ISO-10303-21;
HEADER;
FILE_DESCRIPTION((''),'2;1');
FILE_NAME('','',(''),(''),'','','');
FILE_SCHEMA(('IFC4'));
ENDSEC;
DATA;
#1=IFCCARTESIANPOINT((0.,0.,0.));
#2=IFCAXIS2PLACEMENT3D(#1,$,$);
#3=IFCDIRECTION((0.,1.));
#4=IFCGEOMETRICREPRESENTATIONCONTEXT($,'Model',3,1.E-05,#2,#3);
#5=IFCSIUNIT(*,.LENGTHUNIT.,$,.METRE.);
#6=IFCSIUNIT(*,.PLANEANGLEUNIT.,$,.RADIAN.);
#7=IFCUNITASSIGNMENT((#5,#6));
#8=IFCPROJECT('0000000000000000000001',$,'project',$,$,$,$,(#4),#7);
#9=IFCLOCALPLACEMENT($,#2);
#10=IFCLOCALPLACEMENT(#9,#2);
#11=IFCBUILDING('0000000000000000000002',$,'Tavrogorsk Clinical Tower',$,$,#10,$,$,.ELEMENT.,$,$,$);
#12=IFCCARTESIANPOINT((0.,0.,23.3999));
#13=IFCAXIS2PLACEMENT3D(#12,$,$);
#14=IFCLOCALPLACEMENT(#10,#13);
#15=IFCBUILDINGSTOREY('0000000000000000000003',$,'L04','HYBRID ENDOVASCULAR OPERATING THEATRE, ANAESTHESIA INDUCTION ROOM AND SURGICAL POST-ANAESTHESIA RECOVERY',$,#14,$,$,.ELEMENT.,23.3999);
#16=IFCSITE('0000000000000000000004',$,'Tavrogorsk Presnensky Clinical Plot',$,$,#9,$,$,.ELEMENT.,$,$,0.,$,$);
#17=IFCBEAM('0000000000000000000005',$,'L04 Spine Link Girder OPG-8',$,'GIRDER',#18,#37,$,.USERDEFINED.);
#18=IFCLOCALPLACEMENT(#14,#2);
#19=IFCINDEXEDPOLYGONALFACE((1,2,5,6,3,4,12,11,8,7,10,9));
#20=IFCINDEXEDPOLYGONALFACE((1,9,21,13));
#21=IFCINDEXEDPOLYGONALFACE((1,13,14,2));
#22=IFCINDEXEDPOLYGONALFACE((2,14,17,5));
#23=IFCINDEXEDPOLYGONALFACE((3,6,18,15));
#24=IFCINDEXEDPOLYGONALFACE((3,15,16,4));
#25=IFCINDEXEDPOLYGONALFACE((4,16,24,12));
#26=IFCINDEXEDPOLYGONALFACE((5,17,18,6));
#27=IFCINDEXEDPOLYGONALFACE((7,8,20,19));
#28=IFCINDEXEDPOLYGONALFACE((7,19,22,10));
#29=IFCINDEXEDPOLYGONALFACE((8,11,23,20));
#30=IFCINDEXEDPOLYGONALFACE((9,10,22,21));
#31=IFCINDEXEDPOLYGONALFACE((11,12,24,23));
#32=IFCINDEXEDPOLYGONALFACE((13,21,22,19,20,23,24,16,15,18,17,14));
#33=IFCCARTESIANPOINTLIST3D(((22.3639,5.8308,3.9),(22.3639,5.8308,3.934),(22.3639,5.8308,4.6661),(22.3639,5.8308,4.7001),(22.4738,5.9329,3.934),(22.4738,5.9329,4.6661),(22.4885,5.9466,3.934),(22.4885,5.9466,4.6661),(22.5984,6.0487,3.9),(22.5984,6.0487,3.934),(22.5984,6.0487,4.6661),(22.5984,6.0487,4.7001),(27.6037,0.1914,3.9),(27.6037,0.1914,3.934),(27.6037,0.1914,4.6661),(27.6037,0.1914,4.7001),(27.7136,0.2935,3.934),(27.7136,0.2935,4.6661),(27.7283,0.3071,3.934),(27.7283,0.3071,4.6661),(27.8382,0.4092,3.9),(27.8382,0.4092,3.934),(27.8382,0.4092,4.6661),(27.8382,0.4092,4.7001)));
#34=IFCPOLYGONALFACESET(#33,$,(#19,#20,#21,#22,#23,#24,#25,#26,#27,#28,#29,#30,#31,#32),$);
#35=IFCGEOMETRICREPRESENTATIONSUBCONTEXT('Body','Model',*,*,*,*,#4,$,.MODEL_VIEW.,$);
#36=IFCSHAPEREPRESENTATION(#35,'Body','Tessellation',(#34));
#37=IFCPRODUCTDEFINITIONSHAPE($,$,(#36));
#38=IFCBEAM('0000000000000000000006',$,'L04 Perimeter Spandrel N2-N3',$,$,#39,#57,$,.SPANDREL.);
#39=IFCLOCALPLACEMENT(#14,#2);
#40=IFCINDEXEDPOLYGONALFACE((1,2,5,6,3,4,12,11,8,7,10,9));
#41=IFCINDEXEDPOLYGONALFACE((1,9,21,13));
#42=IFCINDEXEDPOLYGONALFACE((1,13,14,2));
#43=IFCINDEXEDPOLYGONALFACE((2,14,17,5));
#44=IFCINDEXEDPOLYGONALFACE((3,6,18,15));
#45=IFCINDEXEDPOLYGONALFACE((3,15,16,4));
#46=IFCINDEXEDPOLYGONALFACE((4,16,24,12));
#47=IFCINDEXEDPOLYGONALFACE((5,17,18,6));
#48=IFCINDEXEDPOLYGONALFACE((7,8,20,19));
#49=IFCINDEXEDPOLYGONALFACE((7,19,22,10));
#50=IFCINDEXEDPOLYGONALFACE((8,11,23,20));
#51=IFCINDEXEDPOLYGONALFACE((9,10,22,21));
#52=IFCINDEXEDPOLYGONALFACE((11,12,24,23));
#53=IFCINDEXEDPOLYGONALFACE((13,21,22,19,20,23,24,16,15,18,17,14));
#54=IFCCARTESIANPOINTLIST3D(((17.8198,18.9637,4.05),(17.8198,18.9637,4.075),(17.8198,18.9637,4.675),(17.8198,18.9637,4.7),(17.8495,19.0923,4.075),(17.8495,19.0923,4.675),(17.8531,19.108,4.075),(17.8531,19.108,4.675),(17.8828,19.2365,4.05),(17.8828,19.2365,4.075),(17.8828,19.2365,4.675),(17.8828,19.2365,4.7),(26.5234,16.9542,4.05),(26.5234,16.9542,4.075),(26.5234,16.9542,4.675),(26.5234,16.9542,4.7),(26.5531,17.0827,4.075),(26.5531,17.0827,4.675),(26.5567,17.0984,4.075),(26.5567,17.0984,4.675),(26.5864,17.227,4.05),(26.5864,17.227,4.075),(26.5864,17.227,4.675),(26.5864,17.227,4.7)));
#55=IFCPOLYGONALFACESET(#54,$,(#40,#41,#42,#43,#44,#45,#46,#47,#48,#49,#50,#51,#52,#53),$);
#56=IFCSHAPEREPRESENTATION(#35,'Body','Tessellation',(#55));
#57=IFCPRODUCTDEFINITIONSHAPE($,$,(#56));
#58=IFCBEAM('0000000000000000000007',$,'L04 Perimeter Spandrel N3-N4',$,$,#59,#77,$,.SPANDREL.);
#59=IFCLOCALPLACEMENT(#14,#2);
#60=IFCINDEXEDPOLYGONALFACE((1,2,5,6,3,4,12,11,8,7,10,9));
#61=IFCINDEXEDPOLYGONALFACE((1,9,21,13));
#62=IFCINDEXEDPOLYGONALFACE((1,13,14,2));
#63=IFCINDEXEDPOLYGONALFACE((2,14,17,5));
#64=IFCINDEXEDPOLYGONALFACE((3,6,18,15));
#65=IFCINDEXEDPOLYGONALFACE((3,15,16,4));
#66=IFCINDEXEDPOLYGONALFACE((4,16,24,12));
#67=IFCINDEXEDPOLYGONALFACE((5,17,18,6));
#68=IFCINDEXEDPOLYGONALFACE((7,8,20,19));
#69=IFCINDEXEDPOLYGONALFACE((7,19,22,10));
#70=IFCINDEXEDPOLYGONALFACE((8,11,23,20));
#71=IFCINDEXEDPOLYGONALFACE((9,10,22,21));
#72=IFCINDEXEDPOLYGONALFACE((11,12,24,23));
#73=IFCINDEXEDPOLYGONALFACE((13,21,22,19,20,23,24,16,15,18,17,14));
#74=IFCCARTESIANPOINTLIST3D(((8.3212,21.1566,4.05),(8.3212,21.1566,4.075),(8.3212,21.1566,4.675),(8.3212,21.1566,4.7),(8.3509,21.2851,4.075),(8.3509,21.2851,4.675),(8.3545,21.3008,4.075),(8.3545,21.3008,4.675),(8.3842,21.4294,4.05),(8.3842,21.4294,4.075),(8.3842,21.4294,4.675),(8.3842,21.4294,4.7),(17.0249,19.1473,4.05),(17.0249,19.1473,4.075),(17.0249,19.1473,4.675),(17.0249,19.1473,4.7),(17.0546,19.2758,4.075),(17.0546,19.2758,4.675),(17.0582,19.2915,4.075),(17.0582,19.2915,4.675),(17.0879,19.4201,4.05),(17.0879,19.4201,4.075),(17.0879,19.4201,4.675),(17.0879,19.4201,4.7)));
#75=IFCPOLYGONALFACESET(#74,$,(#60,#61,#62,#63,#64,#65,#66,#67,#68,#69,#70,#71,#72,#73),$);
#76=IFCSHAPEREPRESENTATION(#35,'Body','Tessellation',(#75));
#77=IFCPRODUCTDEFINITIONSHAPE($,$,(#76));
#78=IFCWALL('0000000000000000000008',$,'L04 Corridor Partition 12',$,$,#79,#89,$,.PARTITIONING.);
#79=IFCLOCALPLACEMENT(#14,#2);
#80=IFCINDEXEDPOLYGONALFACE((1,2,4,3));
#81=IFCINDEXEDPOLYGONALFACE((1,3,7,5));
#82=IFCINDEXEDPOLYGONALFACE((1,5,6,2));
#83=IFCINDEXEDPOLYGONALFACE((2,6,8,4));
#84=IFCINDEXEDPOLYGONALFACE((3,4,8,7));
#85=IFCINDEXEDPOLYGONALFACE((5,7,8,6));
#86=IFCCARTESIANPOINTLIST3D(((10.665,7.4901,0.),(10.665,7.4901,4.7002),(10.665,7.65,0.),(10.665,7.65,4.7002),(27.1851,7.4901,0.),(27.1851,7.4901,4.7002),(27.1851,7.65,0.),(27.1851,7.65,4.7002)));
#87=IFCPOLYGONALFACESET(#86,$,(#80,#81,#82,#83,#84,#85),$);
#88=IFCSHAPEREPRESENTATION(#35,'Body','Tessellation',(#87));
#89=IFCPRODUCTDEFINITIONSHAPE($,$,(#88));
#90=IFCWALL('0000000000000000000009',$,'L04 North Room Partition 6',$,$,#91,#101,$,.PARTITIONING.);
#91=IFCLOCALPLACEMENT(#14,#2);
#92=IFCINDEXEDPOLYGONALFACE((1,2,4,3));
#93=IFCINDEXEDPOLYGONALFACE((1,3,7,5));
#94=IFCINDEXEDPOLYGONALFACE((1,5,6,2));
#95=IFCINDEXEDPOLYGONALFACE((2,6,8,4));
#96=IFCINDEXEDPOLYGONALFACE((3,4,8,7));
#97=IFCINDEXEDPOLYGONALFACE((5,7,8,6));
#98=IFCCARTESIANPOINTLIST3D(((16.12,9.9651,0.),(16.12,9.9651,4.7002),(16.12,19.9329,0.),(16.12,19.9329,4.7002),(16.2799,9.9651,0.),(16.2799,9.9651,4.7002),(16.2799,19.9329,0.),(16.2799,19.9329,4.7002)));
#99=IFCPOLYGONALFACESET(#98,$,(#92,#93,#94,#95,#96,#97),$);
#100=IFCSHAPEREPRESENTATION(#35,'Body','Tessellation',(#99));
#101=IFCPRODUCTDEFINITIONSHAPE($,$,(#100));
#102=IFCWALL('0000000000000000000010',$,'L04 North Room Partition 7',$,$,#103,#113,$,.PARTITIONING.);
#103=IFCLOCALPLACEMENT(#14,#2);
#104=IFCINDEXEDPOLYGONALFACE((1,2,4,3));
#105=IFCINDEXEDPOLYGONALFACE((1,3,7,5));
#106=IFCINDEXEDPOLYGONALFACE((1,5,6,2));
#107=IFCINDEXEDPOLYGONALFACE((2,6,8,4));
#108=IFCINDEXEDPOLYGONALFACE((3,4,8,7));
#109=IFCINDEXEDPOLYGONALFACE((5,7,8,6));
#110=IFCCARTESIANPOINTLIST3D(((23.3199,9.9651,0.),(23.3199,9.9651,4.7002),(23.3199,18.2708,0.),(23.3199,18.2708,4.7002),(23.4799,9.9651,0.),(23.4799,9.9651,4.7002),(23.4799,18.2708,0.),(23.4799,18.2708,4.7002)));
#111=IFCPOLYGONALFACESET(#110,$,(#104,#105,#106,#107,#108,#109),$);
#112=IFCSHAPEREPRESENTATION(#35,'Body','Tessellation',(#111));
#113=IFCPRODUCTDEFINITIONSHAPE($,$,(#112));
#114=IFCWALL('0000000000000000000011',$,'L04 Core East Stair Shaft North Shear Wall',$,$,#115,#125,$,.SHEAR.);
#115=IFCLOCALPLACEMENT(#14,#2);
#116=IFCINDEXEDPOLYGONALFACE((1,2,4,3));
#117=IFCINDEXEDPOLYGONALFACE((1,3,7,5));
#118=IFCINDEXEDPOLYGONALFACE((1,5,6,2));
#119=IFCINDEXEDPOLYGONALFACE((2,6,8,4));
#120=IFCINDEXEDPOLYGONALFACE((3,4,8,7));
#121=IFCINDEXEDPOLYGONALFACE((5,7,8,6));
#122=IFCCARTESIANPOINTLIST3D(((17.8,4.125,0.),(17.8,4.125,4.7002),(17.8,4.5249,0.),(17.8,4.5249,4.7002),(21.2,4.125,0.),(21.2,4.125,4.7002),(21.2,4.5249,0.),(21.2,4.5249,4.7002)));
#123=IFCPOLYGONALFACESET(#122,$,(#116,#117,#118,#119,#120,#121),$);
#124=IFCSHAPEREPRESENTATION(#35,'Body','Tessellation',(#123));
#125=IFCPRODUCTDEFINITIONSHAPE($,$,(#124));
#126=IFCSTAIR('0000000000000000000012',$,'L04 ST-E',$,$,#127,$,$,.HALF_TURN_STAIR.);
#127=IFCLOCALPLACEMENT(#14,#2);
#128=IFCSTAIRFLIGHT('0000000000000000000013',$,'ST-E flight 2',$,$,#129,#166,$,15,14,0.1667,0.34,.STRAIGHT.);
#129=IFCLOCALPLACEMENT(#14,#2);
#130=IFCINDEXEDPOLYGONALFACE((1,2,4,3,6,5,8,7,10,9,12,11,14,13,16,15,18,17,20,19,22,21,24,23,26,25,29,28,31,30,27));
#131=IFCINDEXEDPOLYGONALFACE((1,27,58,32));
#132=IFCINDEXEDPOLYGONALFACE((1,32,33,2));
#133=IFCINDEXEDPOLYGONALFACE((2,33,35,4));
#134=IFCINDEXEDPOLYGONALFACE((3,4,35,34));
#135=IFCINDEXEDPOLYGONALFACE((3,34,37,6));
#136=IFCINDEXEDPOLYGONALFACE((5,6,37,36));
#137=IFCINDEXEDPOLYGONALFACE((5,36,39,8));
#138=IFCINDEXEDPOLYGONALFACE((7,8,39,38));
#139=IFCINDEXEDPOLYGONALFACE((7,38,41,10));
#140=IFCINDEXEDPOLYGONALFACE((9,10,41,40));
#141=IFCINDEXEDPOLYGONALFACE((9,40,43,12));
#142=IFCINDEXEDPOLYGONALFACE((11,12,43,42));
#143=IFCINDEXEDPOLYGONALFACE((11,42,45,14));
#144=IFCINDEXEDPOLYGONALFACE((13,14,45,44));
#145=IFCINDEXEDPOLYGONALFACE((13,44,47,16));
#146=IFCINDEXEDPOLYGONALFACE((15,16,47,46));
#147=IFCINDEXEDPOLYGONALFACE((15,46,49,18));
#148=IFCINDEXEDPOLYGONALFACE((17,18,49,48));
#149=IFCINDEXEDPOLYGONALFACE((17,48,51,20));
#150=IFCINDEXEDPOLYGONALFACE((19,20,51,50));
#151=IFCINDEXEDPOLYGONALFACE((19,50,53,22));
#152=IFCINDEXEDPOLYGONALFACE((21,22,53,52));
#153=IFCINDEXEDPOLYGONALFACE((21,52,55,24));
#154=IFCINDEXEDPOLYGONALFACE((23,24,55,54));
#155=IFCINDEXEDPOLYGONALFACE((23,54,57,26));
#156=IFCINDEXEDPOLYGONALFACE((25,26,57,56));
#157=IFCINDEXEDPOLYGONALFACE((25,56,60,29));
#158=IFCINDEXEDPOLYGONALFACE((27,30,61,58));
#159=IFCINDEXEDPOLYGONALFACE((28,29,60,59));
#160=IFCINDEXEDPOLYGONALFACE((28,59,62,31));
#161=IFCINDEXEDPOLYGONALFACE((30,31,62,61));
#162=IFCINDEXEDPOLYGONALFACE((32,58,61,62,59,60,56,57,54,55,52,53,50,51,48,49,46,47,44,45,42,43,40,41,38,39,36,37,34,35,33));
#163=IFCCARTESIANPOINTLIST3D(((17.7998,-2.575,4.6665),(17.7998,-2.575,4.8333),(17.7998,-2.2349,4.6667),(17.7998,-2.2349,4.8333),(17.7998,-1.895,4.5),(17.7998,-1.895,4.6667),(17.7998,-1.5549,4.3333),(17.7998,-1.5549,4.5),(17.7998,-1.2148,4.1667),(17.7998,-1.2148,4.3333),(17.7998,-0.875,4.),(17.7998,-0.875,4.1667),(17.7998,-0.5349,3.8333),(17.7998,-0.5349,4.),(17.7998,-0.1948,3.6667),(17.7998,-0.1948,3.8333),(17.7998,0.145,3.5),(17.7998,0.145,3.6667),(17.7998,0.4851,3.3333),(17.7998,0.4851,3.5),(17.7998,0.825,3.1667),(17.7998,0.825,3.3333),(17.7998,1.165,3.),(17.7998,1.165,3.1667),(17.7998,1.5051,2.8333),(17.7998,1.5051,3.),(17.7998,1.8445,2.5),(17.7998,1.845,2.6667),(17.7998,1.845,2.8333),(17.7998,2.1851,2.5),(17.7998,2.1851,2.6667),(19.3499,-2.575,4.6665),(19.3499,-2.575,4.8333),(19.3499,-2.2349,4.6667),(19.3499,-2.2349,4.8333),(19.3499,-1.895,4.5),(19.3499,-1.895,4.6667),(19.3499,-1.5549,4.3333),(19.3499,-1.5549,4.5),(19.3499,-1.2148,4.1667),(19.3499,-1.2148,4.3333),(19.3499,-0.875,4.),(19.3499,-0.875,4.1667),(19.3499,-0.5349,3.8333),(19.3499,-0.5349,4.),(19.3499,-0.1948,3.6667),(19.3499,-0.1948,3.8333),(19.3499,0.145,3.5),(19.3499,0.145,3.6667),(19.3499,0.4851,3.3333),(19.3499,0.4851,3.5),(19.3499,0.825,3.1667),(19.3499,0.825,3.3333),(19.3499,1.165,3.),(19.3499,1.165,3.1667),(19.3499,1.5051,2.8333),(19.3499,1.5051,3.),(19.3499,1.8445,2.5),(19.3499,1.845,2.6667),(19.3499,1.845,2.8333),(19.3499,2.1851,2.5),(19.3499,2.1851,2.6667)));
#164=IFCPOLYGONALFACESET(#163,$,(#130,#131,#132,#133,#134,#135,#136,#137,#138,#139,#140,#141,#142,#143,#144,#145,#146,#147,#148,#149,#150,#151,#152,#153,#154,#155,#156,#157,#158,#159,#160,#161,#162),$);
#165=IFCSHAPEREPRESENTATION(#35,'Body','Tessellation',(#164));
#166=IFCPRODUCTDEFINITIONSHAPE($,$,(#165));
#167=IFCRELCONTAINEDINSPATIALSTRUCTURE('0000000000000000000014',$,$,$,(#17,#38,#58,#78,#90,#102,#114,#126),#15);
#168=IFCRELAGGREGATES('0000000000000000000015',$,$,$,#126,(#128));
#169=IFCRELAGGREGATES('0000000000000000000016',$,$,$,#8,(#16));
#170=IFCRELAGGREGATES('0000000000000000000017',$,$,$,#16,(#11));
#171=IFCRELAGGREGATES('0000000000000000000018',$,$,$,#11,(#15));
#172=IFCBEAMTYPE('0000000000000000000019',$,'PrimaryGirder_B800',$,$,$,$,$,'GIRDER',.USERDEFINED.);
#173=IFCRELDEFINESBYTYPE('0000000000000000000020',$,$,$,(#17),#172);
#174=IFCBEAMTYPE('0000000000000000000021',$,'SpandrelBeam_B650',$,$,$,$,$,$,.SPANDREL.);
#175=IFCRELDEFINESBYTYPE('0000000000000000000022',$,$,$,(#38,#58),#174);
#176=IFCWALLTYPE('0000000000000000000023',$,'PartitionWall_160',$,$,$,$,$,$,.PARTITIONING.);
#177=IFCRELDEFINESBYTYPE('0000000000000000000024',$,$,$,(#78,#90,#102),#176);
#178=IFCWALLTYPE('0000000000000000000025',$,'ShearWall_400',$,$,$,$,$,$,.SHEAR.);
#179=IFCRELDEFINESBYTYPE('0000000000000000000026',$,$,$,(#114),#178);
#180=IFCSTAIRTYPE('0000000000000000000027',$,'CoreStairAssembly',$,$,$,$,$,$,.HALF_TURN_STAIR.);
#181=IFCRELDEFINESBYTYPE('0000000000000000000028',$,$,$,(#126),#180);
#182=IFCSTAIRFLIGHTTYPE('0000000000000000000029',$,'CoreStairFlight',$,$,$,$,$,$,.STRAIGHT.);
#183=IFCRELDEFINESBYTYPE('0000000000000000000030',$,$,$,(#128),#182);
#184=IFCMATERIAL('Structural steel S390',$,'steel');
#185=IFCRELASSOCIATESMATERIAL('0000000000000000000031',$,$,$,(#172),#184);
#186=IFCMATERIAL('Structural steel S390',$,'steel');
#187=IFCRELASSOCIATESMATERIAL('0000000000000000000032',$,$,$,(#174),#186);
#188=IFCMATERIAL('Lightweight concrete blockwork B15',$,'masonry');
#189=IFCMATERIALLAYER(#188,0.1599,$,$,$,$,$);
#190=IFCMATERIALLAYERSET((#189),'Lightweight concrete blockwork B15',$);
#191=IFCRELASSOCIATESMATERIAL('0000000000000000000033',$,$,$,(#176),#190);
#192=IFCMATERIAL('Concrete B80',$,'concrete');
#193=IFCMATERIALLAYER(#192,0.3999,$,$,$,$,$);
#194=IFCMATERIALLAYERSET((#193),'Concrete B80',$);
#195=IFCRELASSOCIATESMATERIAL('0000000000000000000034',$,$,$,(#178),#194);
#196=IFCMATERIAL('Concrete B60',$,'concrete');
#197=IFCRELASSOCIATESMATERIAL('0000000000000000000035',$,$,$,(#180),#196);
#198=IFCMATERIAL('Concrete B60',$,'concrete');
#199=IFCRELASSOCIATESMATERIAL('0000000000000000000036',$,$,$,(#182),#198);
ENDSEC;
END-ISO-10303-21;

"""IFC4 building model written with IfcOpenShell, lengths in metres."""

from ifc_helpers import new_model, si_unit, direction, frame, frame_2d, origin, origin_2d, place, context, subcontext, project, spatial, polyline, rectangle, i_section, outline, extrude, material, layer, layer_set, material_profile, profile_set, type_object, element, aggregate, save


model = new_model("IFC4")

# Units and contexts
model_context = context("Model", 3, precision=1e-05, world=origin(), true_north=direction((0.0, 1.0)))
body_context = subcontext(model_context, "Body", "Model", "MODEL_VIEW")
ifc_project = project(units=[si_unit("LENGTHUNIT", "METRE"), si_unit("PLANEANGLEUNIT", "RADIAN")], contexts=[model_context])

# Site, building, storey
site_placement = place(None, origin())
site = spatial("IfcSite", under=ifc_project, at=site_placement, Name="Tavrogorsk Presnensky Clinical Plot", CompositionType="ELEMENT", RefElevation=0.0)
building_placement = place(site_placement, origin())
building = spatial("IfcBuilding", under=site, at=building_placement, Name="Tavrogorsk Clinical Tower", CompositionType="ELEMENT")
storey_placement = place(building_placement, frame((0.0, 0.0, 23.3999)))
storey = spatial("IfcBuildingStorey", under=building, at=storey_placement, Name="L04", Description="HYBRID ENDOVASCULAR OPERATING THEATRE, ANAESTHESIA INDUCTION ROOM AND SURGICAL POST-ANAESTHESIA RECOVERY", CompositionType="ELEMENT", Elevation=23.3999)

# Beams
ifc_material_1 = material(Name="Structural steel S390", Category="steel")
ifc_material_profile_1 = material_profile(ifc_material_1, i_section(OverallWidth=0.3201, OverallDepth=0.8, WebThickness=0.02, FlangeThickness=0.0339, at=origin_2d()), Name="B-800x320x20x34")
ifc_profile_set_1 = profile_set([ifc_material_profile_1], Name="Structural steel S390")
beam_type_1 = type_object("IfcBeamType", Name="PrimaryGirder_B800", ElementType="GIRDER", PredefinedType="USERDEFINED", material=ifc_profile_set_1)
for number, where, z_axis, x_axis, name in (
    (1, (27.7209, 0.3003, 4.3), (-0.680671, 0.732589, 0.0), (-0.732589, -0.680671, 0.0), "L04 Spine Link Girder OPG-8"),
):
    element("IfcBeam", number, at=place(storey_placement, frame(where, z_axis=z_axis, x_axis=x_axis)), inside=storey, type_object=beam_type_1, Name=name, ObjectType="GIRDER", PredefinedType="USERDEFINED", context=body_context, shape_type="SweptSolid", body=[
        extrude(i_section(OverallWidth=0.3201, OverallDepth=0.8, WebThickness=0.02, FlangeThickness=0.0339, at=origin_2d()), origin(), (0.0, 0.0, 1.0), 7.698),
    ])
ifc_material_2 = material(Name="Structural steel S390", Category="steel")
ifc_material_profile_2 = material_profile(ifc_material_2, i_section(OverallWidth=0.28, OverallDepth=0.6499, WebThickness=0.0161, FlangeThickness=0.0249, at=origin_2d()), Name="B-650x280x16x25")
ifc_profile_set_2 = profile_set([ifc_material_profile_2], Name="Structural steel S390")
beam_type_2 = type_object("IfcBeamType", Name="SpandrelBeam_B650", PredefinedType="SPANDREL", material=ifc_profile_set_2)
for number, where, z_axis, x_axis, name in (
    (2, (26.5549, 17.0906, 4.375), (-0.974367, 0.224965, 0.0), (-0.224965, -0.974367, 0.0), "L04 Perimeter Spandrel N2-N3"),
    (3, (17.0564, 19.2837, 4.375), (-0.974373, 0.224939, 0.0), (-0.224939, -0.974373, 0.0), "L04 Perimeter Spandrel N3-N4"),
):
    element("IfcBeam", number, at=place(storey_placement, frame(where, z_axis=z_axis, x_axis=x_axis)), inside=storey, type_object=beam_type_2, Name=name, PredefinedType="SPANDREL", context=body_context, shape_type="SweptSolid", body=[
        extrude(i_section(OverallWidth=0.28, OverallDepth=0.6499, WebThickness=0.0161, FlangeThickness=0.0249, at=origin_2d()), origin(), (0.0, 0.0, 1.0), 8.9326),
    ])

# Walls
ifc_material_3 = material(Name="Lightweight concrete blockwork B15", Category="masonry")
ifc_layer_1 = layer(ifc_material_3, 0.1599)
ifc_layer_set_1 = layer_set([ifc_layer_1], Name="Lightweight concrete blockwork B15")
wall_type_1 = type_object("IfcWallType", Name="PartitionWall_160", PredefinedType="PARTITIONING", material=ifc_layer_set_1)
wall_1_placement = place(storey_placement, frame((27.1851, 7.5701, 0.0), z_axis=(0.0, 0.0, 1.0), x_axis=(-1.0, 0.0, 0.0)))
element("IfcWall", 4, at=wall_1_placement, inside=storey, type_object=wall_type_1, Name="L04 Corridor Partition 12", PredefinedType="PARTITIONING", context=body_context, shape_type="SweptSolid", body=[
    extrude(rectangle(XDim=16.52, YDim=0.1599, at=frame_2d((8.26, 0.0))), origin(), (0.0, 0.0, 1.0), 4.7002),
])
wall_2_placement = place(storey_placement, frame((16.2, 9.9651, 0.0), z_axis=(0.0, 0.0, 1.0), x_axis=(0.0, 1.0, 0.0)))
element("IfcWall", 5, at=wall_2_placement, inside=storey, type_object=wall_type_1, Name="L04 North Room Partition 6", PredefinedType="PARTITIONING", context=body_context, shape_type="SweptSolid", body=[
    extrude(rectangle(XDim=9.9678, YDim=0.1599, at=frame_2d((4.9839, 0.0))), origin(), (0.0, 0.0, 1.0), 4.7002),
])
wall_3_placement = place(storey_placement, frame((23.3999, 9.9651, 0.0), z_axis=(0.0, 0.0, 1.0), x_axis=(0.0, 1.0, 0.0)))
element("IfcWall", 6, at=wall_3_placement, inside=storey, type_object=wall_type_1, Name="L04 North Room Partition 7", PredefinedType="PARTITIONING", context=body_context, shape_type="SweptSolid", body=[
    extrude(rectangle(XDim=8.3057, YDim=0.1599, at=frame_2d((4.1528, 0.0))), origin(), (0.0, 0.0, 1.0), 4.7002),
])
ifc_material_4 = material(Name="Concrete B80", Category="concrete")
ifc_layer_2 = layer(ifc_material_4, 0.3999)
ifc_layer_set_2 = layer_set([ifc_layer_2], Name="Concrete B80")
wall_type_2 = type_object("IfcWallType", Name="ShearWall_400", PredefinedType="SHEAR", material=ifc_layer_set_2)
wall_4_placement = place(storey_placement, frame((17.8, 4.325, 0.0), z_axis=(0.0, 0.0, 1.0), x_axis=(1.0, 0.0, 0.0)))
element("IfcWall", 7, at=wall_4_placement, inside=storey, type_object=wall_type_2, Name="L04 Core East Stair Shaft North Shear Wall", PredefinedType="SHEAR", context=body_context, shape_type="SweptSolid", body=[
    extrude(rectangle(XDim=3.3999, YDim=0.3999, at=frame_2d((1.7, 0.0))), origin(), (0.0, 0.0, 1.0), 4.7002),
])

# Stair, stair flight
ifc_material_5 = material(Name="Concrete B60", Category="concrete")
stair_type = type_object("IfcStairType", Name="CoreStairAssembly", PredefinedType="HALF_TURN_STAIR", material=ifc_material_5)
stair_placement = place(storey_placement, origin())
stair = element("IfcStair", 8, at=stair_placement, inside=storey, type_object=stair_type, Name="L04 ST-E", PredefinedType="HALF_TURN_STAIR")
ifc_material_6 = material(Name="Concrete B60", Category="concrete")
stair_flight_type = type_object("IfcStairFlightType", Name="CoreStairFlight", PredefinedType="STRAIGHT", material=ifc_material_6)
stair_flight_placement = place(storey_placement, frame((18.575, 2.1851, 2.5), z_axis=(0.0, 0.0, 1.0), x_axis=(0.0, -1.0, 0.0)))
stair_flight = element("IfcStairFlight", 9, at=stair_flight_placement, type_object=stair_flight_type, Name="ST-E flight 2", NumberOfRisers=15, NumberOfTreads=14, PredefinedType="STRAIGHT", RiserHeight=0.1667, TreadLength=0.34, context=body_context, shape_type="SweptSolid", body=[
    extrude(outline(polyline([(0.0, 0.0), (0.0, 0.1667), (0.3401, 0.1667), (0.3401, 0.3333), (0.6799, 0.3333), (0.6799, 0.5), (1.02, 0.5), (1.02, 0.6667), (1.3601, 0.6667), (1.3601, 0.8333), (1.7, 0.8333), (1.7, 1.0), (2.04, 1.0), (2.04, 1.1667), (2.3799, 1.1667), (2.3799, 1.3333), (2.72, 1.3333), (2.72, 1.5), (3.0601, 1.5), (3.0601, 1.6667), (3.3999, 1.6667), (3.3999, 1.8333), (3.74, 1.8333), (3.74, 2.0), (4.0801, 2.0), (4.0801, 2.1667), (4.4199, 2.1667), (4.4199, 2.3333), (4.76, 2.3333), (4.76, 2.5), (4.76, 2.1665), (0.3406, 0.0), (0.0, 0.0)])), frame((0.0, 0.7749, 0.0), z_axis=(0.0, -1.0, 0.0), x_axis=(1.0, 0.0, 0.0)), (0.0, 0.0, 1.0), 1.55),
])
aggregate(stair, [stair_flight])

save(model, "model.ifc")
